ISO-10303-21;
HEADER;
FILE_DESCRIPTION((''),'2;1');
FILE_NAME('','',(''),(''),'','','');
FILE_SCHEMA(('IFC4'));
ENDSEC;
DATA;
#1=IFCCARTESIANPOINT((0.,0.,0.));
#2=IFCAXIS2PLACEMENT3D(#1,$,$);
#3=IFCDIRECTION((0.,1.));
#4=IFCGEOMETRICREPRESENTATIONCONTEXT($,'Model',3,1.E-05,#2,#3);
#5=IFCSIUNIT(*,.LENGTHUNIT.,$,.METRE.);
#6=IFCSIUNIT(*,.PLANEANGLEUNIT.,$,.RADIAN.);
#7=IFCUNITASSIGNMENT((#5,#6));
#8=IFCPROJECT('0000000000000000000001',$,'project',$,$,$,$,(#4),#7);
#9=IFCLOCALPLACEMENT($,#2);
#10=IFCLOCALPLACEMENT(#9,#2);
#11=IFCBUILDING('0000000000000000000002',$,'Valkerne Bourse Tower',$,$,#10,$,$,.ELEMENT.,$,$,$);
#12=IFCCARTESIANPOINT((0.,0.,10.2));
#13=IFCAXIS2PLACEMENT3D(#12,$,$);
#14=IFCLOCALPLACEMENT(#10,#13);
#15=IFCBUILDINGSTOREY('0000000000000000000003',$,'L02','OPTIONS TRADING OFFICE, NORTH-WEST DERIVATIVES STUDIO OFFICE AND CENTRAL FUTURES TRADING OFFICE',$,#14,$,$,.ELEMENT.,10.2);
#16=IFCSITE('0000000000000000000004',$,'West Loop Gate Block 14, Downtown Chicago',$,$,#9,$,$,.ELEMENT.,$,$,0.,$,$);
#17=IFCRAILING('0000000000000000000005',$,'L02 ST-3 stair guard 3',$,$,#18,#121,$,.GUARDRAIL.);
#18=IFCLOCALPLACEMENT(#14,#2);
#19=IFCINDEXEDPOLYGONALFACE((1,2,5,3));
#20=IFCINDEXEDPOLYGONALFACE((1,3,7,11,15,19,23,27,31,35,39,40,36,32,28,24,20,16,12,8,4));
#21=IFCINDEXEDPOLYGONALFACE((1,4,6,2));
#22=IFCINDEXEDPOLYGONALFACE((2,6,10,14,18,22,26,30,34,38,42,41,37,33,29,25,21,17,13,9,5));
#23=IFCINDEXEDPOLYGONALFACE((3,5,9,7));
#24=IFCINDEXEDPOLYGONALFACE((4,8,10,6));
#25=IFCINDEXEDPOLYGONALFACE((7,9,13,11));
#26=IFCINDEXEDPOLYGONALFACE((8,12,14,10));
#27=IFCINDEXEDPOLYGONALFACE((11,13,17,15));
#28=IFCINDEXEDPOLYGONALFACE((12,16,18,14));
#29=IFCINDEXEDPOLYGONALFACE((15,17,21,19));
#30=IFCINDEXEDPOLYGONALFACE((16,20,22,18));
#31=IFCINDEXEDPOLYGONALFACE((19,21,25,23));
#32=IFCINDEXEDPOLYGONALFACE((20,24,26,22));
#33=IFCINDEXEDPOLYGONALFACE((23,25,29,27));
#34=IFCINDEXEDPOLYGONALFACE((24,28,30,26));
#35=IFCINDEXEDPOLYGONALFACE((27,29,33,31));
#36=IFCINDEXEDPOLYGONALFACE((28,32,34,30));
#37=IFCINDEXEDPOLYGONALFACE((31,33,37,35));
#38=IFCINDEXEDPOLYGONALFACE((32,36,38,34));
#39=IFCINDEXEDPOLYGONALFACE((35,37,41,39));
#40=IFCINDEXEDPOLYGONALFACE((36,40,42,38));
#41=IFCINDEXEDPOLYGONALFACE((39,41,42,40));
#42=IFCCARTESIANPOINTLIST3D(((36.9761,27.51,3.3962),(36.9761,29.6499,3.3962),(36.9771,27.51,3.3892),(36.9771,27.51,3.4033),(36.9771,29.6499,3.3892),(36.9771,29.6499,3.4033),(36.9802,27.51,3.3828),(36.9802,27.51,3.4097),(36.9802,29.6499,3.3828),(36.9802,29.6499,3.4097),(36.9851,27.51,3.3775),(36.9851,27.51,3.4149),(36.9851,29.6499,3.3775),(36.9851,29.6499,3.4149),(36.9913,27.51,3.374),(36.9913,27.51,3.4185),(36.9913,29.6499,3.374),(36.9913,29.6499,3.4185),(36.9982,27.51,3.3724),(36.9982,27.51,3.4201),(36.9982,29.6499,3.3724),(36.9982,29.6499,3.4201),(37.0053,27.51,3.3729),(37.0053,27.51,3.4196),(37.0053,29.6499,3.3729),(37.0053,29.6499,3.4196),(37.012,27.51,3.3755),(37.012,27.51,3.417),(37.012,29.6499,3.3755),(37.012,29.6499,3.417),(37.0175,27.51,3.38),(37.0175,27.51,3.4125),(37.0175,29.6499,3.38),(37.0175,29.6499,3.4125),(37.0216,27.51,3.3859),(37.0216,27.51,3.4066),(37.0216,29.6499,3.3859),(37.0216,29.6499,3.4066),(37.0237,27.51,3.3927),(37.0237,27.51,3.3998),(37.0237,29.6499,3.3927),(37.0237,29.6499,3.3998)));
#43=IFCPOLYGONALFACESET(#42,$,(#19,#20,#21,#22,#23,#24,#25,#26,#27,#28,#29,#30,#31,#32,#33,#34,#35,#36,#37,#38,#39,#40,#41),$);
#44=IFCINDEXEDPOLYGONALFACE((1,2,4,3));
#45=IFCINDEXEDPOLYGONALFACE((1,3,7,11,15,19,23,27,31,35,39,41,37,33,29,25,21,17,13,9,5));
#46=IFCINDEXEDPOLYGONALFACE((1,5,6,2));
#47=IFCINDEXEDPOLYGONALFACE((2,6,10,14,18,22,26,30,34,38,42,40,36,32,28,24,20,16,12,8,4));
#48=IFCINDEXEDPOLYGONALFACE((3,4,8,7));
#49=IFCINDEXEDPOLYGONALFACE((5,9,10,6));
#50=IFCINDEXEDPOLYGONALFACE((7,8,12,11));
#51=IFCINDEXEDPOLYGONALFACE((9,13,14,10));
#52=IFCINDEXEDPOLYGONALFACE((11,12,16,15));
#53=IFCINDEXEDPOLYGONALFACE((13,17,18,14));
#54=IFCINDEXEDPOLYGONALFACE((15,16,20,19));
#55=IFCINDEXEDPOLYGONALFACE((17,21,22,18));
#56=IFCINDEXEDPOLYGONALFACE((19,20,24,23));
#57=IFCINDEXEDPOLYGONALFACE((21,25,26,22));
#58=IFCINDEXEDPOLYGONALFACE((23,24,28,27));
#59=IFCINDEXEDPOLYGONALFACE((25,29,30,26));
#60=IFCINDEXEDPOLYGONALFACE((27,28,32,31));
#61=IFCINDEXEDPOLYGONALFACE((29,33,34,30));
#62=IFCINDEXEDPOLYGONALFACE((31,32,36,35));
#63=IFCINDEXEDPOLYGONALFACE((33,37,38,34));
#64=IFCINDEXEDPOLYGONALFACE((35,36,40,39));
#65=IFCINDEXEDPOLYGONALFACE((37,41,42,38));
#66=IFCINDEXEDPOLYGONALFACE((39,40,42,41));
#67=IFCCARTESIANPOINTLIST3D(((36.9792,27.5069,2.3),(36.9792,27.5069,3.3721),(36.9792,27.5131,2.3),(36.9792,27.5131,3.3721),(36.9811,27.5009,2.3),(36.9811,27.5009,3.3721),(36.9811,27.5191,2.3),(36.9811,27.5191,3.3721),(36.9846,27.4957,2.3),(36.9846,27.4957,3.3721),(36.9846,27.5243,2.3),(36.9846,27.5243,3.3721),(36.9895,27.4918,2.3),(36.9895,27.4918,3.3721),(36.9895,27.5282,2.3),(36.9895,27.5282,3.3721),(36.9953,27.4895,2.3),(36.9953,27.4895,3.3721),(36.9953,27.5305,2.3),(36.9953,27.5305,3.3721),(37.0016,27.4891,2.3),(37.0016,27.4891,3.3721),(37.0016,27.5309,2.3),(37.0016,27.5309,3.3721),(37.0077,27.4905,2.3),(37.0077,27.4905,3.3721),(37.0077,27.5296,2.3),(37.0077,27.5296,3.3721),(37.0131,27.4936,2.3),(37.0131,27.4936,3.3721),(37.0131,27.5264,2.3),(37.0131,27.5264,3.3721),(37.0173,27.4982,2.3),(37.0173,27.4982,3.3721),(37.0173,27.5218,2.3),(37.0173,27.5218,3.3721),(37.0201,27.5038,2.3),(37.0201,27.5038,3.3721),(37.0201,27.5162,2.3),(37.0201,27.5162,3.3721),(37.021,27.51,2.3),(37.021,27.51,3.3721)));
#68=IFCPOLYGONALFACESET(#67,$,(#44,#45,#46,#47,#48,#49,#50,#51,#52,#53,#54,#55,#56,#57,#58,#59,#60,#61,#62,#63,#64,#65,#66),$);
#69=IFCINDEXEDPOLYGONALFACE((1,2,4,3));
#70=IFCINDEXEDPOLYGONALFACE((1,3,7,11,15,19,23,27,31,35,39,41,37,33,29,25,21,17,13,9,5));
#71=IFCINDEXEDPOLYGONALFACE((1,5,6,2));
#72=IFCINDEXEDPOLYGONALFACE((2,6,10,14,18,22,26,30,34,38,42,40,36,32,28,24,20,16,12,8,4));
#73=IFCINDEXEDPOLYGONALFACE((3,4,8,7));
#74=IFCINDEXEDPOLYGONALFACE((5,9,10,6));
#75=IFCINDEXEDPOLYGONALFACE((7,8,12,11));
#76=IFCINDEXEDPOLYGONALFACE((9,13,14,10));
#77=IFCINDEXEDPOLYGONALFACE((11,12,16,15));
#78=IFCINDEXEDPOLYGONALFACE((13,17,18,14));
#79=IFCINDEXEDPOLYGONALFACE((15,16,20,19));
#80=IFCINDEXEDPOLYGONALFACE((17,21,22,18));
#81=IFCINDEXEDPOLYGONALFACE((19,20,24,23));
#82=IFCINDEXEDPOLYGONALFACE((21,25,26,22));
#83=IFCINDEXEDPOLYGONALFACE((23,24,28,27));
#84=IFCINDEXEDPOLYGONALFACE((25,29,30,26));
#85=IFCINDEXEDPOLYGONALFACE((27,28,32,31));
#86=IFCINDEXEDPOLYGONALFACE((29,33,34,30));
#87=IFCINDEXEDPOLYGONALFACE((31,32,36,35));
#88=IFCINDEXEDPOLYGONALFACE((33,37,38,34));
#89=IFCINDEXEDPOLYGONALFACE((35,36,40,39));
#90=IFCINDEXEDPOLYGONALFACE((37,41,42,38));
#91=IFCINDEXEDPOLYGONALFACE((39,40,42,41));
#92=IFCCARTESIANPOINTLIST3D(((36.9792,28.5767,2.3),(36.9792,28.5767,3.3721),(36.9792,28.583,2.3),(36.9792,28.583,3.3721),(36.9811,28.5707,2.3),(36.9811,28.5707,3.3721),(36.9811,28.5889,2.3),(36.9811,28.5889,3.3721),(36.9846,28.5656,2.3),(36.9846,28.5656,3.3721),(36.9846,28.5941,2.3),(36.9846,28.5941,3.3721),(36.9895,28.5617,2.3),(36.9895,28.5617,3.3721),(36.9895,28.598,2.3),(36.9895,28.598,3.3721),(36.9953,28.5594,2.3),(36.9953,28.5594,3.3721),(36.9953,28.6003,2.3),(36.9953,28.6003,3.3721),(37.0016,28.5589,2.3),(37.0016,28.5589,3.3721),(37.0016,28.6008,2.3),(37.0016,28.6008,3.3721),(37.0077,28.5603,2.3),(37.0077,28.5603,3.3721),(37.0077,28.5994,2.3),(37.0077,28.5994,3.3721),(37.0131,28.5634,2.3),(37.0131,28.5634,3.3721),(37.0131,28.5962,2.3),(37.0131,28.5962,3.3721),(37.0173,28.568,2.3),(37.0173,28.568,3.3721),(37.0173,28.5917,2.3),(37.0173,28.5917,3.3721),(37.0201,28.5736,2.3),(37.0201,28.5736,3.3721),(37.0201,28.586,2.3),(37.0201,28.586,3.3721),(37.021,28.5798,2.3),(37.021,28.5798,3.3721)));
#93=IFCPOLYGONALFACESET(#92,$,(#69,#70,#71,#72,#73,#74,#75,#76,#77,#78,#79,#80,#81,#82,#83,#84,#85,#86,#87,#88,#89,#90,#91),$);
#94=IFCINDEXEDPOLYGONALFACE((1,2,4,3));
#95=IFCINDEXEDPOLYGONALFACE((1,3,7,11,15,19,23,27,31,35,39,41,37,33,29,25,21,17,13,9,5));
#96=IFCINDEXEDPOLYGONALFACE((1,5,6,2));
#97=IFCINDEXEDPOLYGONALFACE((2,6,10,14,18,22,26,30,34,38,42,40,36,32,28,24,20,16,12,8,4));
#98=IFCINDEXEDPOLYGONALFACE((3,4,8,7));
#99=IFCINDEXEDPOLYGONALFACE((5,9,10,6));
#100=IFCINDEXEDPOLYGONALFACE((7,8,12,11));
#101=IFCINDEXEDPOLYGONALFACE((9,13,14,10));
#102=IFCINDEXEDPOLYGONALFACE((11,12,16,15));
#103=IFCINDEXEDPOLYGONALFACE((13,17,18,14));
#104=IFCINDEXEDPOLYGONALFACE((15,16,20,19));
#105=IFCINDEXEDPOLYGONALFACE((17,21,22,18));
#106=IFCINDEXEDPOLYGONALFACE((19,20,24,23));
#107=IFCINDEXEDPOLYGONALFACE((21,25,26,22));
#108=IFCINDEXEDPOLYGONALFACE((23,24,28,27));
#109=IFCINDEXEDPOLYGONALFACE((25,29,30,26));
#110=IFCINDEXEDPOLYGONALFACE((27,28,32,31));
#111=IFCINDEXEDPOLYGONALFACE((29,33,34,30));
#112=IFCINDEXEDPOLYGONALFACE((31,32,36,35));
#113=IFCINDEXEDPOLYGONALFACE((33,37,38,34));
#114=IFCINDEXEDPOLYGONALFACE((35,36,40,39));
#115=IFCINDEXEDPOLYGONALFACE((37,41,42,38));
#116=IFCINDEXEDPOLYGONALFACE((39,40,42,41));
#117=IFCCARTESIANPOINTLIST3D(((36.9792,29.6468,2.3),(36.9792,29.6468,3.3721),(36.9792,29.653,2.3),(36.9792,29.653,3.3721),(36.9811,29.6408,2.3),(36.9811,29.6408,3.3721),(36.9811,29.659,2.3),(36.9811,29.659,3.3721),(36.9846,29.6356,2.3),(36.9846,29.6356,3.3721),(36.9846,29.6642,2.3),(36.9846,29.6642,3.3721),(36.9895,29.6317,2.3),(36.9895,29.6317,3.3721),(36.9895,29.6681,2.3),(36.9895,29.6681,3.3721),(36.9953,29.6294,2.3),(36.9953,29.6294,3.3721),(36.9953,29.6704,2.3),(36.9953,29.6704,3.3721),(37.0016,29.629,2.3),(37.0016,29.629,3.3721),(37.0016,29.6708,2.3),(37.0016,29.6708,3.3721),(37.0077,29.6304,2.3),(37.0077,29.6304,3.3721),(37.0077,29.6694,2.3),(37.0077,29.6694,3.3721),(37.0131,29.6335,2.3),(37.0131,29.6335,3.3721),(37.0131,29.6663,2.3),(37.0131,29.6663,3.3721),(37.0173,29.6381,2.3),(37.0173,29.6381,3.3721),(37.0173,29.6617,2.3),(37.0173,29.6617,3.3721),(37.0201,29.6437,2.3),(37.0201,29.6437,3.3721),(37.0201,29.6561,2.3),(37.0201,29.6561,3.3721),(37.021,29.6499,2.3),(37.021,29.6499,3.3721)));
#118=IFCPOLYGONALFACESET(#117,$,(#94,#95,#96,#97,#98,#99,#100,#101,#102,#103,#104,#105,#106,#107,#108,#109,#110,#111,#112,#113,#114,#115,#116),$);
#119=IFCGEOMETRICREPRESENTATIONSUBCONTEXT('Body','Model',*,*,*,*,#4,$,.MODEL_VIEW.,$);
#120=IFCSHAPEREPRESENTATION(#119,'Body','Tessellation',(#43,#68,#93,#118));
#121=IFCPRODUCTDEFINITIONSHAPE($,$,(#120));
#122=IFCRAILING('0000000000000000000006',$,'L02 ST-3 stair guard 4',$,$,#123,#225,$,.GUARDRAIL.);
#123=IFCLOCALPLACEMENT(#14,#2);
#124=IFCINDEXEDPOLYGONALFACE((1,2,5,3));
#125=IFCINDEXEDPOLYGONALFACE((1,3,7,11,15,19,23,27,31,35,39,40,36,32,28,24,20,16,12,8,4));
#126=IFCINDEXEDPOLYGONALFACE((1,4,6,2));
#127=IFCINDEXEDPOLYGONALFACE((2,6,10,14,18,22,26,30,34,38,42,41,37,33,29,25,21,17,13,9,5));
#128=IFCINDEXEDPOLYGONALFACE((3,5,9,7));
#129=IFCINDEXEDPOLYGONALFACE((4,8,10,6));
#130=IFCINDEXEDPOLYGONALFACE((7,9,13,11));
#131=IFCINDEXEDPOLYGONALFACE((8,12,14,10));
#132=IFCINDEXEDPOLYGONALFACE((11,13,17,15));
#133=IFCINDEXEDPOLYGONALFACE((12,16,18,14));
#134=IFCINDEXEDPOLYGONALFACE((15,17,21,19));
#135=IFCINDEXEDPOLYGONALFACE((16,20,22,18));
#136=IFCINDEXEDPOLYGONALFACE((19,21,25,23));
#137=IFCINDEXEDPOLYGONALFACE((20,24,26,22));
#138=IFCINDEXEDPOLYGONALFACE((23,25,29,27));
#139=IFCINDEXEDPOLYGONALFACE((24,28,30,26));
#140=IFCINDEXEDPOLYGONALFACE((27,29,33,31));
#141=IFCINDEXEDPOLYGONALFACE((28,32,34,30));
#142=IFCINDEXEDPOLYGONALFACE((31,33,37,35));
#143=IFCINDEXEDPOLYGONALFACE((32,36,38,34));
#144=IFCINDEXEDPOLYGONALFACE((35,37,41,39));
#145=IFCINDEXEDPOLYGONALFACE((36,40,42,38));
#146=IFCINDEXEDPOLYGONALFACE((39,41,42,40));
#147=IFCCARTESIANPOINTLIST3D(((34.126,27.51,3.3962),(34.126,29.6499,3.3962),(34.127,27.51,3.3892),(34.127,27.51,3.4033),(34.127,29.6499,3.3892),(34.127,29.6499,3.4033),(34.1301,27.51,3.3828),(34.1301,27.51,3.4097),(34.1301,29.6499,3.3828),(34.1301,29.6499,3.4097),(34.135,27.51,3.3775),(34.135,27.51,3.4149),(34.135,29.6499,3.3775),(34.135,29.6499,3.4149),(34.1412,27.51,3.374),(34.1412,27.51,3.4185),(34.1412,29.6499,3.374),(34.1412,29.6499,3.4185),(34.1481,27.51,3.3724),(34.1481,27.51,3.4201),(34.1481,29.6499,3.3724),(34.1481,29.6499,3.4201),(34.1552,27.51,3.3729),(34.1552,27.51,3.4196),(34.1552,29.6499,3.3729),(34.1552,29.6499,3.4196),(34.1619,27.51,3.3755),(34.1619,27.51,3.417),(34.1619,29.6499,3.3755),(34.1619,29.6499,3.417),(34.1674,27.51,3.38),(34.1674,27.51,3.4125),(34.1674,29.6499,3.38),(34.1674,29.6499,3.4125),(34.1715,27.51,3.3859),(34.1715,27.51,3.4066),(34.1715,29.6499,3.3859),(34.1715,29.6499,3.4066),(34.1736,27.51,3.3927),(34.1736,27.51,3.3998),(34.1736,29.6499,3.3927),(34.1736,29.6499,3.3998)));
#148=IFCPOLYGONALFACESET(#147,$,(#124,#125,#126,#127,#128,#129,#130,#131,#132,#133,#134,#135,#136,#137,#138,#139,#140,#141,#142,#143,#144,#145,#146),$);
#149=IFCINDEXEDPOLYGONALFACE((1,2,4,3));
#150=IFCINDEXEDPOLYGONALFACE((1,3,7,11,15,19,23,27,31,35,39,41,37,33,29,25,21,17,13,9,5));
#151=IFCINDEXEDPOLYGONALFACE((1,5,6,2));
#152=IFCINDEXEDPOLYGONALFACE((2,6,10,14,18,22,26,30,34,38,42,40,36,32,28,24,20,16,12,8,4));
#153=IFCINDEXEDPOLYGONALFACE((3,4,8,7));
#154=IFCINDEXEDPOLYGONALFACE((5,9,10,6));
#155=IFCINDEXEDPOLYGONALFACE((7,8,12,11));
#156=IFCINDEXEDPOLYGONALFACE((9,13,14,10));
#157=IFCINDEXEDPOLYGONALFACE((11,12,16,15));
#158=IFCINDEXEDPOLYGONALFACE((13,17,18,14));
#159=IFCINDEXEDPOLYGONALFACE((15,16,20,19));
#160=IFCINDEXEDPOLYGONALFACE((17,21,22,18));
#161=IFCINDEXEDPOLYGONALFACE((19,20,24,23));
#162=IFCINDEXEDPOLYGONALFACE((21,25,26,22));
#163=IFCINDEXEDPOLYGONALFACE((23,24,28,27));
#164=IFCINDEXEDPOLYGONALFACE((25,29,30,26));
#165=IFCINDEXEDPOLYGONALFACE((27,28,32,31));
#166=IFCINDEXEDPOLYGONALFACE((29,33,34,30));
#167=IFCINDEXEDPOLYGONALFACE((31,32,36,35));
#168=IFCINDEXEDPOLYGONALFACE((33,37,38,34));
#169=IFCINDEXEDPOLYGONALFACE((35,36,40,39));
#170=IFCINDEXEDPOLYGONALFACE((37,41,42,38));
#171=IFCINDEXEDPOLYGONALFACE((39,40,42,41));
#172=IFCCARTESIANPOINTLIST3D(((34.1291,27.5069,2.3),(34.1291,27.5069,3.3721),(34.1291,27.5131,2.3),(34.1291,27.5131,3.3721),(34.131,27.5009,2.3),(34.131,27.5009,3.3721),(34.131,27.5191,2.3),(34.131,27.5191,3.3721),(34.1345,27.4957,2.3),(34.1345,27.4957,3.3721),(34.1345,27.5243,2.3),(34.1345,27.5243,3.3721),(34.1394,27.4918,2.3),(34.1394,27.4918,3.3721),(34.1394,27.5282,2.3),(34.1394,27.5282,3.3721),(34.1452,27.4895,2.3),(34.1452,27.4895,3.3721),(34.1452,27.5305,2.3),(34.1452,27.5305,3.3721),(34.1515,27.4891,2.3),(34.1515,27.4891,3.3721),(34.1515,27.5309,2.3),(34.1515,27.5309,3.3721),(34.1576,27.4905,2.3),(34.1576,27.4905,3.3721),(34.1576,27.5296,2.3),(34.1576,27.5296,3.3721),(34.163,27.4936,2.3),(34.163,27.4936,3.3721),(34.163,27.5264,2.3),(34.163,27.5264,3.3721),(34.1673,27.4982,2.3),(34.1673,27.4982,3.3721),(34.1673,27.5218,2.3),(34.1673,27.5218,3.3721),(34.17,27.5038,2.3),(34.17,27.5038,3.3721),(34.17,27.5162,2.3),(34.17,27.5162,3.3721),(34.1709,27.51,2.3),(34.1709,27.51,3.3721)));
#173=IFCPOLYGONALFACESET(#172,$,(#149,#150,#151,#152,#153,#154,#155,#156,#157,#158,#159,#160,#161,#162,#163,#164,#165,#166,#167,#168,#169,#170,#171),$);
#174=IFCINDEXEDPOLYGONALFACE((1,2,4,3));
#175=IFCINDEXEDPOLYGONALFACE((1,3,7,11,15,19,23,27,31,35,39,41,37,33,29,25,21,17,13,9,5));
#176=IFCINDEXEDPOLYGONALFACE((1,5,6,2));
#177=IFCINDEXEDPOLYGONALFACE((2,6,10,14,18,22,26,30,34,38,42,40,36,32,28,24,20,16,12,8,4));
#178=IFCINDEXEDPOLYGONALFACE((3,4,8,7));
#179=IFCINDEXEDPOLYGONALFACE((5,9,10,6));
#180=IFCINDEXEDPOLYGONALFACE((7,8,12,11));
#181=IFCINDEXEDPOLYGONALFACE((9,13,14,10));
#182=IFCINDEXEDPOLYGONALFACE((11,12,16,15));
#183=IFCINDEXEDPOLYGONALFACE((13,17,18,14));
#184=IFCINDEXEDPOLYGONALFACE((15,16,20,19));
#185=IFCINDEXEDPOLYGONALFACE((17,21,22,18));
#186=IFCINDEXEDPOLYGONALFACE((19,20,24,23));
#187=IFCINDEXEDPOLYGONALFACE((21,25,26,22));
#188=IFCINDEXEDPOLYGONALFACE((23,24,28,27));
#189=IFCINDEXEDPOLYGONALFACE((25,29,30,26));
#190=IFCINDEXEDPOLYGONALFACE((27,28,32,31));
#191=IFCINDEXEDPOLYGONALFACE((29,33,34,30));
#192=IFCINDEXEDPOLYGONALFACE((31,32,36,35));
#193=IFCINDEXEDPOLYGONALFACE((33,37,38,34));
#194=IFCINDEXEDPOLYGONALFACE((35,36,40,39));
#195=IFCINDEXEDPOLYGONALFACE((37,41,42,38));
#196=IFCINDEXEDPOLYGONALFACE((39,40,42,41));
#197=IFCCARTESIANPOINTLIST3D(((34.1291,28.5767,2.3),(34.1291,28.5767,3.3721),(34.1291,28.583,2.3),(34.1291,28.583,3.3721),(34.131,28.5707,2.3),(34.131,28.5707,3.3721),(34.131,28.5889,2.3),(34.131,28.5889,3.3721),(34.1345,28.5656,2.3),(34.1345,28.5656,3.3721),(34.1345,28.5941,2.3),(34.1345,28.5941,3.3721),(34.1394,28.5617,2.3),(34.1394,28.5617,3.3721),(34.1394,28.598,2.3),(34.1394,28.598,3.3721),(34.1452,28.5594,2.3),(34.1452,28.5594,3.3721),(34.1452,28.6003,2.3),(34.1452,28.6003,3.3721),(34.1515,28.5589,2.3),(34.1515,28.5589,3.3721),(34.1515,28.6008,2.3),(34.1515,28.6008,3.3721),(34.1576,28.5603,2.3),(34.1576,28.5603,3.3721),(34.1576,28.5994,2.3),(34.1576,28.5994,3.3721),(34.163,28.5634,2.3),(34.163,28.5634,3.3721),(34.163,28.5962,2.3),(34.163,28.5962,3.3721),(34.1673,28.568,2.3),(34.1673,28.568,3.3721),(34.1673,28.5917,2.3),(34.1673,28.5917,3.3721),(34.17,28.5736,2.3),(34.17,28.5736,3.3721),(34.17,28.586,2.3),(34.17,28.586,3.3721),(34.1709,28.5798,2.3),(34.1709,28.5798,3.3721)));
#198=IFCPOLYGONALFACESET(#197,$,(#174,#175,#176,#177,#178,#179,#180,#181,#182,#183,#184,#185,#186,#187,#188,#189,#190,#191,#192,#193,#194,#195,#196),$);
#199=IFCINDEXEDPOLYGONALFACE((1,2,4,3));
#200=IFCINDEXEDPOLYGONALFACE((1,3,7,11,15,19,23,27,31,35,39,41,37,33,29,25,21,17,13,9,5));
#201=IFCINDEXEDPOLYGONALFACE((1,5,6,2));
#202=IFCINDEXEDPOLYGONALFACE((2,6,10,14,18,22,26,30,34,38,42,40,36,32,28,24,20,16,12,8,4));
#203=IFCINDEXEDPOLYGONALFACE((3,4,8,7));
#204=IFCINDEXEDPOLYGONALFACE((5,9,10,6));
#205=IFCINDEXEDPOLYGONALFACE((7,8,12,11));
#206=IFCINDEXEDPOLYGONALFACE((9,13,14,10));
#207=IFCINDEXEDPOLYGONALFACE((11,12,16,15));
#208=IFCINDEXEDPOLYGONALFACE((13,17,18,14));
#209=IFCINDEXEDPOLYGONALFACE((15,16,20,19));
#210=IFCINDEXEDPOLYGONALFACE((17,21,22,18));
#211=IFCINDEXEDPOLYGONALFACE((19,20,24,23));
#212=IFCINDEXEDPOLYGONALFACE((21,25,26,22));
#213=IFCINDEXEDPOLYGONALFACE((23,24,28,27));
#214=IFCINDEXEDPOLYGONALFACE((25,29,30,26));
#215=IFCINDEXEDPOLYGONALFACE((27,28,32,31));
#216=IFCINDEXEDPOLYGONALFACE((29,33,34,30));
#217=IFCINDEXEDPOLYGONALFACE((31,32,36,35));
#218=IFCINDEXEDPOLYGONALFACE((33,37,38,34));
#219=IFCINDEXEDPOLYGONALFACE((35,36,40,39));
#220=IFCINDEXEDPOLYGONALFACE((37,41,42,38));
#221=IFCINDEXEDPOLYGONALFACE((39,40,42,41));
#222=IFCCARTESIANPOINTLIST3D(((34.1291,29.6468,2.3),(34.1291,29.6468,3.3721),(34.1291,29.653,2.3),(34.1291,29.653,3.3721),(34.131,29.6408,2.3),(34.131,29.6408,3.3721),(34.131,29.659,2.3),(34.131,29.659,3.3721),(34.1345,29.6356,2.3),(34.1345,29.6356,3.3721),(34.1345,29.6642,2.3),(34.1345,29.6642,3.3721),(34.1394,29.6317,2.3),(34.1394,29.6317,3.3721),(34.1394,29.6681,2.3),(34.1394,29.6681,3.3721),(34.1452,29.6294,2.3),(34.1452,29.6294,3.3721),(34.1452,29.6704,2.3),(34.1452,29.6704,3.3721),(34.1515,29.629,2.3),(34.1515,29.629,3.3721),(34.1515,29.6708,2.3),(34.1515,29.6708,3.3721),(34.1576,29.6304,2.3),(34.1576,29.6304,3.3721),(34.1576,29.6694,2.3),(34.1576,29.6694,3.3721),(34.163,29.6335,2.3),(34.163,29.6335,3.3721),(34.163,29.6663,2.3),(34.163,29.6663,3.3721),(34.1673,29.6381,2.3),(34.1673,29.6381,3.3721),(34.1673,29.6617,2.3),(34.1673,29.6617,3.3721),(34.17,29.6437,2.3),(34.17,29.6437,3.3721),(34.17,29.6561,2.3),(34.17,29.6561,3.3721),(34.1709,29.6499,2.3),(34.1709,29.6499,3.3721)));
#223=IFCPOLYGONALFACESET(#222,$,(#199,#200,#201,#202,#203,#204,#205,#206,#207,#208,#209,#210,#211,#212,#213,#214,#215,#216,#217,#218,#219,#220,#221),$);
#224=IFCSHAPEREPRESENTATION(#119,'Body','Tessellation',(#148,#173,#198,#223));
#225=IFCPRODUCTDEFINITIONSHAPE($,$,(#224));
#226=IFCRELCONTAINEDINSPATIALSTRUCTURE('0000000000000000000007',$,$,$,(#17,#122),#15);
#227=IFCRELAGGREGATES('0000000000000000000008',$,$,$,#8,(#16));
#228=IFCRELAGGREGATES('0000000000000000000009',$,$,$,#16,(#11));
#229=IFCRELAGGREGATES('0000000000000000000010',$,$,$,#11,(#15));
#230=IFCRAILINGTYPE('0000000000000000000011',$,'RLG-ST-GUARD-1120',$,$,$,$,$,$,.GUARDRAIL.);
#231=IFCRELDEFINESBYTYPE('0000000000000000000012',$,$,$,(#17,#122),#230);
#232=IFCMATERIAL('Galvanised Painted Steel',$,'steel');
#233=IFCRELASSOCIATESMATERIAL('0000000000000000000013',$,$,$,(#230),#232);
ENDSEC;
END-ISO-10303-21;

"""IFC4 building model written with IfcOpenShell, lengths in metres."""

from ifc_helpers import new_model, si_unit, direction, frame, origin, origin_2d, place, context, subcontext, project, spatial, circle, extrude, material, type_object, element, save


model = new_model("IFC4")

# Units and contexts
model_context = context("Model", 3, precision=1e-05, world=origin(), true_north=direction((0.0, 1.0)))
body_context = subcontext(model_context, "Body", "Model", "MODEL_VIEW")
ifc_project = project(units=[si_unit("LENGTHUNIT", "METRE"), si_unit("PLANEANGLEUNIT", "RADIAN")], contexts=[model_context])

# Site, building, storey
site_placement = place(None, origin())
site = spatial("IfcSite", under=ifc_project, at=site_placement, Name="West Loop Gate Block 14, Downtown Chicago", CompositionType="ELEMENT", RefElevation=0.0)
building_placement = place(site_placement, origin())
building = spatial("IfcBuilding", under=site, at=building_placement, Name="Valkerne Bourse Tower", CompositionType="ELEMENT")
storey_placement = place(building_placement, frame((0.0, 0.0, 10.2)))
storey = spatial("IfcBuildingStorey", under=building, at=storey_placement, Name="L02", Description="OPTIONS TRADING OFFICE, NORTH-WEST DERIVATIVES STUDIO OFFICE AND CENTRAL FUTURES TRADING OFFICE", CompositionType="ELEMENT", Elevation=10.2)

# Shared definitions
ifc_material_1 = material(Name="Galvanised Painted Steel", Category="steel")

# Railings
railing_type_1 = type_object("IfcRailingType", Name="RLG-ST-GUARD-1120", PredefinedType="GUARDRAIL", material=ifc_material_1)
for number, where, name in (
    (1, (37.0, 27.51, 2.3), "L02 ST-3 stair guard 3"),
    (2, (34.1499, 27.51, 2.3), "L02 ST-3 stair guard 4"),
):
    element("IfcRailing", number, at=place(storey_placement, frame(where)), inside=storey, type_object=railing_type_1, Name=name, PredefinedType="GUARDRAIL", context=body_context, shape_type="SweptSolid", body=[
        extrude(circle(Radius=0.0239, at=origin_2d()), frame((0.0, 0.0, 1.0962), z_axis=(0.0, 1.0, 0.0), x_axis=(-1.0, 0.0, 0.0)), (0.0, 0.0, 1.0), 2.1399),
        extrude(circle(Radius=0.021, at=origin_2d()), origin(), (0.0, 0.0, 1.0), 1.072),
        extrude(circle(Radius=0.021, at=origin_2d()), frame((0.0, 1.0698, 0.0)), (0.0, 0.0, 1.0), 1.072),
        extrude(circle(Radius=0.021, at=origin_2d()), frame((0.0, 2.1399, 0.0)), (0.0, 0.0, 1.0), 1.072),
    ])

save(model, "model.ifc")
